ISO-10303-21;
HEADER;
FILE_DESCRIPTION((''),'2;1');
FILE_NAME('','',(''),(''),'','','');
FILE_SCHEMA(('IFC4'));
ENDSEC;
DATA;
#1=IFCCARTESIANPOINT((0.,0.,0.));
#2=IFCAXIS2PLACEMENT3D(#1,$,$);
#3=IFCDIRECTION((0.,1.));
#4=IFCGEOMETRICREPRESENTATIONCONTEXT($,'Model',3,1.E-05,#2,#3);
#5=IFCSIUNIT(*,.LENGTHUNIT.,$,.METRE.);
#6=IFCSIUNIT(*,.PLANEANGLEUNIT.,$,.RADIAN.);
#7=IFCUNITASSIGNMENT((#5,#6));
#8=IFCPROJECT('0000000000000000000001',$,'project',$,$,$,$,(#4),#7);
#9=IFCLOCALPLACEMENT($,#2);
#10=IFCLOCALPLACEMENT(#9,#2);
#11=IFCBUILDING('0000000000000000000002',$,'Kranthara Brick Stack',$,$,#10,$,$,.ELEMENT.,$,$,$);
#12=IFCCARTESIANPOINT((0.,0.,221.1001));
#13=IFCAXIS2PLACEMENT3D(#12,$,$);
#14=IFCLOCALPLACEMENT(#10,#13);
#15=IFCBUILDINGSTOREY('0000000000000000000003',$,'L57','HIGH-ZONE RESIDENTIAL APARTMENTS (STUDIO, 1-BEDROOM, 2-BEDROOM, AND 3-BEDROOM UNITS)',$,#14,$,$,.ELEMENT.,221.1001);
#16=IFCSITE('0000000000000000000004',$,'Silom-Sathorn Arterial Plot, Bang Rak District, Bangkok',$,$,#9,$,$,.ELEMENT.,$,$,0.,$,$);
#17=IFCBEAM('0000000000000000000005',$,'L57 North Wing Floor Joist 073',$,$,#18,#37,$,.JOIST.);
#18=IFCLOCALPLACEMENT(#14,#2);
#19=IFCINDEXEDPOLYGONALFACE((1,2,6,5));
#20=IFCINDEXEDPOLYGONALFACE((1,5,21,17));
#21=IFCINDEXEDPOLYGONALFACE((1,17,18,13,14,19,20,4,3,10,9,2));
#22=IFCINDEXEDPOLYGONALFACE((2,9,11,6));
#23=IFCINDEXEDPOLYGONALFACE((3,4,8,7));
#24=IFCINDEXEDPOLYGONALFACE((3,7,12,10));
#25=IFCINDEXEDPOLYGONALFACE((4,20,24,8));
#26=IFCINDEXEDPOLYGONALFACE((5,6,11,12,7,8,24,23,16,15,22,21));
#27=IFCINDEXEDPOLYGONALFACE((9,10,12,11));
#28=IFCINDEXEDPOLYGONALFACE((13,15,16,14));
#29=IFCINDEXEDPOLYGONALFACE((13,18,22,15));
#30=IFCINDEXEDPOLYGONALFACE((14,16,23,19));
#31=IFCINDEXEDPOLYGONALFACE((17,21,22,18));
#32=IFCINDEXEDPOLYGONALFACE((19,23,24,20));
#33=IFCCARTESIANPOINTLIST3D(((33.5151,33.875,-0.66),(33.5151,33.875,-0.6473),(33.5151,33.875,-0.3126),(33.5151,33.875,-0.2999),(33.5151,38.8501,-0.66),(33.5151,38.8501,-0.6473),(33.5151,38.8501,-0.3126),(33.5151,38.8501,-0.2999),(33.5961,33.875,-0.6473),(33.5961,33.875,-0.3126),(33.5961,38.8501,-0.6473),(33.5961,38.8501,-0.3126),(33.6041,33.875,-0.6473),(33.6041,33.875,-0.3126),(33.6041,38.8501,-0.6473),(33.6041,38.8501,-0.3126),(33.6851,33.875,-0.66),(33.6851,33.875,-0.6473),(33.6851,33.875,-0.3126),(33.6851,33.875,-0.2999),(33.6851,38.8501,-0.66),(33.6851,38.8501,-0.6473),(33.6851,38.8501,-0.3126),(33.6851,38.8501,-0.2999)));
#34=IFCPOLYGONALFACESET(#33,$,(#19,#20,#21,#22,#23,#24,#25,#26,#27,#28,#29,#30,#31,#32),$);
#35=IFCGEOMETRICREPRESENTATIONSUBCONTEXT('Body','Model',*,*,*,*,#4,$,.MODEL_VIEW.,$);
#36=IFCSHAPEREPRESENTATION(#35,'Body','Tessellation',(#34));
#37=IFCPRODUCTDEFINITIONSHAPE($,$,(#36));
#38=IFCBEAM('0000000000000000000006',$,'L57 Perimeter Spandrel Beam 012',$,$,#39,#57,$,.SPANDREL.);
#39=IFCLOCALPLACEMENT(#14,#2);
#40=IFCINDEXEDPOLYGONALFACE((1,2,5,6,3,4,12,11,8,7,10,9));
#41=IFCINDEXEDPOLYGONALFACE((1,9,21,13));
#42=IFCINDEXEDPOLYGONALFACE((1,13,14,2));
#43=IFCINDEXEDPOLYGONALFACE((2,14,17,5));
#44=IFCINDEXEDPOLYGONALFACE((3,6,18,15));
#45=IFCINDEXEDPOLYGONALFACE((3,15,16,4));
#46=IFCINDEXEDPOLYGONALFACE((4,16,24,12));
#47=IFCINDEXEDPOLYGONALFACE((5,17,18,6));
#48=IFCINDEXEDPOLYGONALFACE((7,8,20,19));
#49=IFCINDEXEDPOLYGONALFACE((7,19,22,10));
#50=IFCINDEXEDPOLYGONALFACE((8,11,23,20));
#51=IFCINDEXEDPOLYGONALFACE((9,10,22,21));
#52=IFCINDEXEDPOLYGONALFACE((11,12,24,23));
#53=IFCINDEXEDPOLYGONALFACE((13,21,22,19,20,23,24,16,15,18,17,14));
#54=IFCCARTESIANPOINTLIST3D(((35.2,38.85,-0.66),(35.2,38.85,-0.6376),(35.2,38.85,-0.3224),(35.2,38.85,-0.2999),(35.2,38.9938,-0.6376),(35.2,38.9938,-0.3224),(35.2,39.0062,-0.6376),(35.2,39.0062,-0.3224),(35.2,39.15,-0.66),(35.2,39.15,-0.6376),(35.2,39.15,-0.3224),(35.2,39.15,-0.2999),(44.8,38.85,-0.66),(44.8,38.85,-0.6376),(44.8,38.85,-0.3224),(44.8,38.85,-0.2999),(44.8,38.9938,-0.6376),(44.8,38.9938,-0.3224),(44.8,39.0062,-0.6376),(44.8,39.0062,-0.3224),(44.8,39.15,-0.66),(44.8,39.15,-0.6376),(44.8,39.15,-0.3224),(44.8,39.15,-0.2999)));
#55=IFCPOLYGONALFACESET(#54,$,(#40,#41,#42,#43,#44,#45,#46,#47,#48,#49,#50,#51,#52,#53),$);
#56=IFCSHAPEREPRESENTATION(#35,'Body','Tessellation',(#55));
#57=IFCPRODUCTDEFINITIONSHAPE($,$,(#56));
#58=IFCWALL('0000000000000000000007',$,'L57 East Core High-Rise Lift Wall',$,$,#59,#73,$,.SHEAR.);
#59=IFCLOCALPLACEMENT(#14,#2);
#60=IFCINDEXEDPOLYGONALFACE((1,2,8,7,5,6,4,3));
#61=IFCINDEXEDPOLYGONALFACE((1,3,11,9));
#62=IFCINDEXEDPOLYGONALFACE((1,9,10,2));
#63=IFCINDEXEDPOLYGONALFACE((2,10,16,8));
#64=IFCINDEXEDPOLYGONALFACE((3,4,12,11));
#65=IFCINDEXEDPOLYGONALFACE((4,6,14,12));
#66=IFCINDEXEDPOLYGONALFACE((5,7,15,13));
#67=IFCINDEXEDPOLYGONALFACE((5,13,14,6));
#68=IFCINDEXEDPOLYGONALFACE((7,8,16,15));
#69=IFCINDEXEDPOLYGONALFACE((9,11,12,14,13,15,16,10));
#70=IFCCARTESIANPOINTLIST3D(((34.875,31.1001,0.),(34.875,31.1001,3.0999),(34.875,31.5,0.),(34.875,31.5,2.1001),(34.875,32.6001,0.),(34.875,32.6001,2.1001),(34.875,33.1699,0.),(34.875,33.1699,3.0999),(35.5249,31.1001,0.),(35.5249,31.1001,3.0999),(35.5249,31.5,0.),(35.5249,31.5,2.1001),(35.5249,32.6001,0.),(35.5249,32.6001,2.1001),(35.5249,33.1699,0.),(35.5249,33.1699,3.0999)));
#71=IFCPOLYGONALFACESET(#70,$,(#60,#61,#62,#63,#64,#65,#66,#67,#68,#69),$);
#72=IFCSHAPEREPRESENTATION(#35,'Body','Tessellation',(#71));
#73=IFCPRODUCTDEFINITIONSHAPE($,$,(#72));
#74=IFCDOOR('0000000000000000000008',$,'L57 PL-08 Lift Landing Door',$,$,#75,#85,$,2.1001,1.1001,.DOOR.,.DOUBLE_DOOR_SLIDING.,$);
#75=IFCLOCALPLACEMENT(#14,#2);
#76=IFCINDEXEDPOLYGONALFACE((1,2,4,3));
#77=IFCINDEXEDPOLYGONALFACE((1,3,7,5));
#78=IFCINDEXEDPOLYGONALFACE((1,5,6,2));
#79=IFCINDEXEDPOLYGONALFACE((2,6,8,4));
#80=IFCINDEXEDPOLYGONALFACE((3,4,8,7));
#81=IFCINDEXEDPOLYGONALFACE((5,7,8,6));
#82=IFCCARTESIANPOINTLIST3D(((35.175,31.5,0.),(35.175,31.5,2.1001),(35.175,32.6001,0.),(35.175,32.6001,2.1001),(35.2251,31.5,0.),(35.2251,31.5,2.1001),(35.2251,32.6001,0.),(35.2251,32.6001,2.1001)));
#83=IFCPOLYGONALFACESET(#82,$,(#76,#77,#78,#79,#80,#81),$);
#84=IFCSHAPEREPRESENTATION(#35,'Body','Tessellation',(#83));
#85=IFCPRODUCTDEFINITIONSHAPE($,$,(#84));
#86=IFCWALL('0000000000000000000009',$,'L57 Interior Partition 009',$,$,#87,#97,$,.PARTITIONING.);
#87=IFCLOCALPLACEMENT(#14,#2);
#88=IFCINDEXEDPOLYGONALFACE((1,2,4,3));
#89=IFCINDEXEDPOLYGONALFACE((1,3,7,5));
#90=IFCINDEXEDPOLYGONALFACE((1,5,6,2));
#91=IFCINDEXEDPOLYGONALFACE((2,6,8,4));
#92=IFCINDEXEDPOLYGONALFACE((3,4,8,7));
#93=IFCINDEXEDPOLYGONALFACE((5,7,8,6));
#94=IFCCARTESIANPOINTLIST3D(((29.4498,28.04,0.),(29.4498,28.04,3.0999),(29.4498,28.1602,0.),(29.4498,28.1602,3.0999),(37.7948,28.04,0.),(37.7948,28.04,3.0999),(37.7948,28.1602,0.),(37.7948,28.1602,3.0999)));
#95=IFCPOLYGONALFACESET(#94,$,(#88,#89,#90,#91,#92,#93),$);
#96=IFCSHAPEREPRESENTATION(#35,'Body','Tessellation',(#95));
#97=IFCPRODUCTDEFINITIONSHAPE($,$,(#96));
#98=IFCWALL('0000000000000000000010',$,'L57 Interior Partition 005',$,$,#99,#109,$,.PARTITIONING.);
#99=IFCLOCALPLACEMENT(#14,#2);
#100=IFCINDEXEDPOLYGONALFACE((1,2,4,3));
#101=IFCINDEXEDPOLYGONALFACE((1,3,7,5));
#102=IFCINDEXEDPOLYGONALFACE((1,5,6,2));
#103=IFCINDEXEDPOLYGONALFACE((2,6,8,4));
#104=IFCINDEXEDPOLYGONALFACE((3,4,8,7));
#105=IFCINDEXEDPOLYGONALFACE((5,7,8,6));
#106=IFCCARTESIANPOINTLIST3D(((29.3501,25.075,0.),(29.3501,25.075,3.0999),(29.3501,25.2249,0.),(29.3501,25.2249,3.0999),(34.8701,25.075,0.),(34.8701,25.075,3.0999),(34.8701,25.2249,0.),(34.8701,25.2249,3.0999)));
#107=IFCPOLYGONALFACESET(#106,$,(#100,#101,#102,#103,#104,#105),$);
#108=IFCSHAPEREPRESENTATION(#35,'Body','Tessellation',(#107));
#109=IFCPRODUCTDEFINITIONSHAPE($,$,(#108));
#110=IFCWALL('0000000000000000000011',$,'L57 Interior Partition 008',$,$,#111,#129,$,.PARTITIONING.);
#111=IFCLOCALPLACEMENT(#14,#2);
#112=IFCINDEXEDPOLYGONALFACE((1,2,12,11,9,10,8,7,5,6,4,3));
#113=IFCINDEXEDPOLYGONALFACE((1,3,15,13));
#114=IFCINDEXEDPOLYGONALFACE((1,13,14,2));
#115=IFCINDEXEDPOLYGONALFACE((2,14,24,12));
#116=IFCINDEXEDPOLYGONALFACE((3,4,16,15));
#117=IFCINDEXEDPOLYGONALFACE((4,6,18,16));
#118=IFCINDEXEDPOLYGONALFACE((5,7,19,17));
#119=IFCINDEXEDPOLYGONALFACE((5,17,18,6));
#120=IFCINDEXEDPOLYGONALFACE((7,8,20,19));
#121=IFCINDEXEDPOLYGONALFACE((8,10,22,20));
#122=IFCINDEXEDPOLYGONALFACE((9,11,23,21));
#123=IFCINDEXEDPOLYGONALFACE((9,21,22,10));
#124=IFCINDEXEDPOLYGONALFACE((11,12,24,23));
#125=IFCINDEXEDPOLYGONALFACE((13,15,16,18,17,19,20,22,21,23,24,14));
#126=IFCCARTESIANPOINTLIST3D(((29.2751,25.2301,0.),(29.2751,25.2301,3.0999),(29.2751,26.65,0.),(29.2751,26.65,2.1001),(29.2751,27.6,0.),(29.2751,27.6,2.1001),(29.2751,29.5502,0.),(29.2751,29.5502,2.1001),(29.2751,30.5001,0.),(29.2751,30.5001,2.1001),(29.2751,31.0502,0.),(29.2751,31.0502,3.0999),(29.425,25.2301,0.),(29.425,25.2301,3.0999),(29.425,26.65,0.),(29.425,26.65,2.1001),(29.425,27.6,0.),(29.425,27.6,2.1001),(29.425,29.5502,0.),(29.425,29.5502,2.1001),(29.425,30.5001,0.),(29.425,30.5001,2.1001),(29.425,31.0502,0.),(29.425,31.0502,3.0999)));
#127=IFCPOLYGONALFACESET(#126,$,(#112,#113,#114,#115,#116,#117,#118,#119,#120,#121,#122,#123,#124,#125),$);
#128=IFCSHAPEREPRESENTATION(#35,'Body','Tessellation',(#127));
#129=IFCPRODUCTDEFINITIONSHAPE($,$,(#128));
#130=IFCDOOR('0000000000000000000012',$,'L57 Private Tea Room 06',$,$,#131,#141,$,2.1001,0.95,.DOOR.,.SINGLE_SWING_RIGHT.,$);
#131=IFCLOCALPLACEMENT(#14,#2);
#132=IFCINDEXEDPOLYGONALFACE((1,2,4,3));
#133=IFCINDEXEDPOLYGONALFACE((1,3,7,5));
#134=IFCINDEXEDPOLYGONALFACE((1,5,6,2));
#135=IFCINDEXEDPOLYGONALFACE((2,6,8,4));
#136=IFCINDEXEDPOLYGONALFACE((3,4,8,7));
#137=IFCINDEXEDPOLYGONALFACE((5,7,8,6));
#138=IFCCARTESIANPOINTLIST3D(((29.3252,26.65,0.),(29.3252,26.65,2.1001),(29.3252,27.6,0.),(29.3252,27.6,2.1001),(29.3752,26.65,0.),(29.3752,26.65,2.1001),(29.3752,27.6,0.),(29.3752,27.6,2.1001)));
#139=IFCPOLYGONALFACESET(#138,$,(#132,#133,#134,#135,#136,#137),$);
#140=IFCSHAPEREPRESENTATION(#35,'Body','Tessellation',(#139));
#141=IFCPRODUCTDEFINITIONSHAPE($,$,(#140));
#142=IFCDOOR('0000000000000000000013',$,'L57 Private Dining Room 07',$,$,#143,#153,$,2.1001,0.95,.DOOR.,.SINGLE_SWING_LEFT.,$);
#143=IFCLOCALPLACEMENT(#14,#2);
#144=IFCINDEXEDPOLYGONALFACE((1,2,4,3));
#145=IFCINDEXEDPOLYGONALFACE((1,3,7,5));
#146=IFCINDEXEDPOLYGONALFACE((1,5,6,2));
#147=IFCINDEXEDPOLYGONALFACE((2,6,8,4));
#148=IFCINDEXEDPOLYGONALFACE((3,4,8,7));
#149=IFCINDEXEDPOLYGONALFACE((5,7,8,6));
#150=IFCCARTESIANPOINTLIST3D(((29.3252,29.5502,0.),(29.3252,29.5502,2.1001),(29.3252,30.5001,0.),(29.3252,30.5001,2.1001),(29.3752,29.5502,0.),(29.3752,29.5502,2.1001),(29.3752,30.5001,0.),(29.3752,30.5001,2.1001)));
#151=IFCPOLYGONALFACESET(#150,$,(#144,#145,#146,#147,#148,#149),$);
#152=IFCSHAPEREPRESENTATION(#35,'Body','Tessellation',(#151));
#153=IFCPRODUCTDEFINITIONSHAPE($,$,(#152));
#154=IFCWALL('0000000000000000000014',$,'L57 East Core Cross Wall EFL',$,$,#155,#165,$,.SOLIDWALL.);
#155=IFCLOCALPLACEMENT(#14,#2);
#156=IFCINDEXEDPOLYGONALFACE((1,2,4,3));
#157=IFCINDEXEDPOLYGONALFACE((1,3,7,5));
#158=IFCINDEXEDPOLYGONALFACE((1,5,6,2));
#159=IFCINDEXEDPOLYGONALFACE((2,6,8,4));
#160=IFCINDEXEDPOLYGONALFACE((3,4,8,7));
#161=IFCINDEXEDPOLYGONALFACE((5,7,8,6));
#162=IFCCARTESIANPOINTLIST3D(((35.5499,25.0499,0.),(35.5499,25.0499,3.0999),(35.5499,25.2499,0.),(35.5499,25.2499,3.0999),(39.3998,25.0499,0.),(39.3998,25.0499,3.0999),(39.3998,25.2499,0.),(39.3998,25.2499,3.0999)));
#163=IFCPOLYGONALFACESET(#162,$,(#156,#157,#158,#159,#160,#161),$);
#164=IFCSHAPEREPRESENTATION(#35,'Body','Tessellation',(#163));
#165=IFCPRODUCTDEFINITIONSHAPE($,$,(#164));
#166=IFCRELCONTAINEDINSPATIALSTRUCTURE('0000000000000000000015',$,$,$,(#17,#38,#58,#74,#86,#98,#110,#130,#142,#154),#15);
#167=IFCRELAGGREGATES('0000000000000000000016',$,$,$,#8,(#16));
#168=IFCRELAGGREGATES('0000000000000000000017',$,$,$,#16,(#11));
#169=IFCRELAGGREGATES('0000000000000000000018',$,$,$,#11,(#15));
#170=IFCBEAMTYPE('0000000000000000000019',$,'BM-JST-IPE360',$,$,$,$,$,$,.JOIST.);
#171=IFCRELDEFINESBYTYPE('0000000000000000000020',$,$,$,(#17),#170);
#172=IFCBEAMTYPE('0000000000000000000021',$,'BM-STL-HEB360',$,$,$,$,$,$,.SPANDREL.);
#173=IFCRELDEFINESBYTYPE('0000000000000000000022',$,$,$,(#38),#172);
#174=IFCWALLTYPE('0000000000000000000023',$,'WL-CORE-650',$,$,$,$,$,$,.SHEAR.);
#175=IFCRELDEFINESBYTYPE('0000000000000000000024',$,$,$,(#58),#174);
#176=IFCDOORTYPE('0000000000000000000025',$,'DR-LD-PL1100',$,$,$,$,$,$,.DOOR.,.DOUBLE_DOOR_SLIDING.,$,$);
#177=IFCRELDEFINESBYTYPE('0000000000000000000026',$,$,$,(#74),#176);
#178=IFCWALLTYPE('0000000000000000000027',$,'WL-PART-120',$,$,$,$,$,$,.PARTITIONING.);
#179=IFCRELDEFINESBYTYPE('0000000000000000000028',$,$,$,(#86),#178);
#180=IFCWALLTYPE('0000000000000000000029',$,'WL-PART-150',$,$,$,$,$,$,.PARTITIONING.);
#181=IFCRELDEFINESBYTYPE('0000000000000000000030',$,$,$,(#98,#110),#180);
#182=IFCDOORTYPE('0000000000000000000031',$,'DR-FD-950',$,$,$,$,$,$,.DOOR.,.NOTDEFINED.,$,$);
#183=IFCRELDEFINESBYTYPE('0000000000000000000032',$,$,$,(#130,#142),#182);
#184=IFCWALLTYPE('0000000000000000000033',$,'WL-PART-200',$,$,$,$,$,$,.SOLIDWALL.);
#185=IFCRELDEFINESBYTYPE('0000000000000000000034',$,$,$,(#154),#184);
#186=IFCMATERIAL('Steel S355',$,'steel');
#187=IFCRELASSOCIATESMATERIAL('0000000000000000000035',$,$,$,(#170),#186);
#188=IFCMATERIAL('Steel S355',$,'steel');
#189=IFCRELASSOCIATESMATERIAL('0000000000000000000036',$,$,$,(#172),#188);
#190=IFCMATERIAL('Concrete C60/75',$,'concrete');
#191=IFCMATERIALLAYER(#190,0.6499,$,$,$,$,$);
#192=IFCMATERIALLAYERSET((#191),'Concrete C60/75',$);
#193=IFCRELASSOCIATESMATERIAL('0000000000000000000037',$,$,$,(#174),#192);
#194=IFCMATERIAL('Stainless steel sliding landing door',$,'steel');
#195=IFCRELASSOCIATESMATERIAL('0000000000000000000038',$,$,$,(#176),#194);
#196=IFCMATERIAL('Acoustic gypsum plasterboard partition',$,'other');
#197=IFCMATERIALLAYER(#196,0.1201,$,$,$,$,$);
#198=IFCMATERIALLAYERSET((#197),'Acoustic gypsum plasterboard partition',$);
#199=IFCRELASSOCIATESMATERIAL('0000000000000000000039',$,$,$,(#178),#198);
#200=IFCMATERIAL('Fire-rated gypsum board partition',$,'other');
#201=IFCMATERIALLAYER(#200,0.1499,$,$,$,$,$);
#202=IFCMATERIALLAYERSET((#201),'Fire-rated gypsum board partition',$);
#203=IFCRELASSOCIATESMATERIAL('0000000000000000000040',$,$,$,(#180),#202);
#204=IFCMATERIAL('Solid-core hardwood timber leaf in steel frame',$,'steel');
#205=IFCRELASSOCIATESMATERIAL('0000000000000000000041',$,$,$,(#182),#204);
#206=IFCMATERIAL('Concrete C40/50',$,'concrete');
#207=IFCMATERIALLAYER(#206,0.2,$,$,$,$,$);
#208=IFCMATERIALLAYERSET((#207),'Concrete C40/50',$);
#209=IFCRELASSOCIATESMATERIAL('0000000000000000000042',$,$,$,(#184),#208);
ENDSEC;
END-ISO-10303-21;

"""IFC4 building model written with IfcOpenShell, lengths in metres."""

from ifc_helpers import new_model, si_unit, direction, frame, frame_2d, origin, origin_2d, place, context, subcontext, project, spatial, rectangle, i_section, extrude, material, layer, layer_set, material_profile, profile_set, type_object, element, fill, save


model = new_model("IFC4")

# Units and contexts
model_context = context("Model", 3, precision=1e-05, world=origin(), true_north=direction((0.0, 1.0)))
body_context = subcontext(model_context, "Body", "Model", "MODEL_VIEW")
ifc_project = project(units=[si_unit("LENGTHUNIT", "METRE"), si_unit("PLANEANGLEUNIT", "RADIAN")], contexts=[model_context])

# Site, building, storey
site_placement = place(None, origin())
site = spatial("IfcSite", under=ifc_project, at=site_placement, Name="Silom-Sathorn Arterial Plot, Bang Rak District, Bangkok", CompositionType="ELEMENT", RefElevation=0.0)
building_placement = place(site_placement, origin())
building = spatial("IfcBuilding", under=site, at=building_placement, Name="Kranthara Brick Stack", CompositionType="ELEMENT")
storey_placement = place(building_placement, frame((0.0, 0.0, 221.1001)))
storey = spatial("IfcBuildingStorey", under=building, at=storey_placement, Name="L57", Description="HIGH-ZONE RESIDENTIAL APARTMENTS (STUDIO, 1-BEDROOM, 2-BEDROOM, AND 3-BEDROOM UNITS)", CompositionType="ELEMENT", Elevation=221.1001)

# Beams
ifc_material_1 = material(Name="Steel S355", Category="steel")
ifc_material_profile_1 = material_profile(ifc_material_1, i_section(OverallWidth=0.1699, OverallDepth=0.3601, WebThickness=0.0081, FlangeThickness=0.0127, at=origin_2d()), Name="IPE 360")
ifc_profile_set_1 = profile_set([ifc_material_profile_1], Name="Steel S355")
beam_type_1 = type_object("IfcBeamType", Name="BM-JST-IPE360", PredefinedType="JOIST", material=ifc_profile_set_1)
for number, where, z_axis, x_axis, name in (
    (1, (33.6001, 33.875, -0.48), (0.0, 1.0, 0.0), (-1.0, 0.0, 0.0), "L57 North Wing Floor Joist 073"),
):
    element("IfcBeam", number, at=place(storey_placement, frame(where, z_axis=z_axis, x_axis=x_axis)), inside=storey, type_object=beam_type_1, Name=name, PredefinedType="JOIST", context=body_context, shape_type="SweptSolid", body=[
        extrude(i_section(OverallWidth=0.1699, OverallDepth=0.3601, WebThickness=0.0081, FlangeThickness=0.0127, at=origin_2d()), origin(), (0.0, 0.0, 1.0), 4.9751),
    ])
ifc_material_2 = material(Name="Steel S355", Category="steel")
ifc_material_profile_2 = material_profile(ifc_material_2, i_section(OverallWidth=0.3, OverallDepth=0.3601, WebThickness=0.0125, FlangeThickness=0.0225, at=origin_2d()), Name="HEB 360")
ifc_profile_set_2 = profile_set([ifc_material_profile_2], Name="Steel S355")
beam_type_2 = type_object("IfcBeamType", Name="BM-STL-HEB360", PredefinedType="SPANDREL", material=ifc_profile_set_2)
beam_1_placement = place(storey_placement, frame((35.2, 39.0, -0.48), z_axis=(1.0, 0.0, 0.0), x_axis=(0.0, 1.0, 0.0)))
element("IfcBeam", 2, at=beam_1_placement, inside=storey, type_object=beam_type_2, Name="L57 Perimeter Spandrel Beam 012", PredefinedType="SPANDREL", context=body_context, shape_type="SweptSolid", body=[
    extrude(i_section(OverallWidth=0.3, OverallDepth=0.3601, WebThickness=0.0125, FlangeThickness=0.0225, at=origin_2d()), origin(), (0.0, 0.0, 1.0), 9.6001),
])

# Wall, opening, door
ifc_material_3 = material(Name="Concrete C60/75", Category="concrete")
ifc_layer_1 = layer(ifc_material_3, 0.6499)
ifc_layer_set_1 = layer_set([ifc_layer_1], Name="Concrete C60/75")
wall_type_1 = type_object("IfcWallType", Name="WL-CORE-650", PredefinedType="SHEAR", material=ifc_layer_set_1)
wall_1_placement = place(storey_placement, frame((35.2, 31.1001, 0.0), z_axis=(0.0, 0.0, 1.0), x_axis=(0.0, 1.0, 0.0)))
wall_1 = element("IfcWall", 3, at=wall_1_placement, inside=storey, type_object=wall_type_1, Name="L57 East Core High-Rise Lift Wall", PredefinedType="SHEAR", context=body_context, shape_type="SweptSolid", body=[
    extrude(rectangle(XDim=2.0698, YDim=0.6499, at=frame_2d((1.0349, 0.0))), origin(), (0.0, 0.0, 1.0), 3.0999),
])
opening_1_placement = place(wall_1_placement, frame((0.3999, 0.0, 0.0)))
opening_1 = element("IfcOpeningElement", 4, at=opening_1_placement, cuts=wall_1, PredefinedType="OPENING", context=body_context, shape_type="SweptSolid", body=[
    extrude(rectangle(XDim=1.1001, YDim=2.1001, at=frame_2d((0.55, 1.05))), frame((0.0, 0.335, 0.0), z_axis=(0.0, -1.0, 0.0), x_axis=(1.0, 0.0, 0.0)), (0.0, 0.0, 1.0), 0.6699),
])
ifc_material_4 = material(Name="Stainless steel sliding landing door", Category="steel")
door_type_1 = type_object("IfcDoorType", Name="DR-LD-PL1100", OperationType="DOUBLE_DOOR_SLIDING", PredefinedType="DOOR", material=ifc_material_4)
door_1_placement = place(opening_1_placement, origin())
door_1 = element("IfcDoor", 5, at=door_1_placement, inside=storey, type_object=door_type_1, Name="L57 PL-08 Lift Landing Door", OperationType="DOUBLE_DOOR_SLIDING", OverallHeight=2.1001, OverallWidth=1.1001, PredefinedType="DOOR", context=body_context, shape_type="SweptSolid", body=[
    extrude(rectangle(XDim=1.1001, YDim=2.1001, at=frame_2d((0.55, 1.05))), frame((0.0, 0.0249, 0.0), z_axis=(0.0, -1.0, 0.0), x_axis=(1.0, 0.0, 0.0)), (0.0, 0.0, 1.0), 0.05),
])
fill(opening_1, door_1)

# Walls
ifc_material_5 = material(Name="Acoustic gypsum plasterboard partition", Category="other")
ifc_layer_2 = layer(ifc_material_5, 0.1201)
ifc_layer_set_2 = layer_set([ifc_layer_2], Name="Acoustic gypsum plasterboard partition")
wall_type_2 = type_object("IfcWallType", Name="WL-PART-120", PredefinedType="PARTITIONING", material=ifc_layer_set_2)
wall_2_placement = place(storey_placement, frame((29.45, 28.1001, 0.0), z_axis=(0.0, 0.0, 1.0), x_axis=(1.0, 0.0, 0.0)))
element("IfcWall", 6, at=wall_2_placement, inside=storey, type_object=wall_type_2, Name="L57 Interior Partition 009", PredefinedType="PARTITIONING", context=body_context, shape_type="SweptSolid", body=[
    extrude(rectangle(XDim=8.345, YDim=0.1201, at=frame_2d((4.1724, 0.0))), origin(), (0.0, 0.0, 1.0), 3.0999),
])
ifc_material_6 = material(Name="Fire-rated gypsum board partition", Category="other")
ifc_layer_3 = layer(ifc_material_6, 0.1499)
ifc_layer_set_3 = layer_set([ifc_layer_3], Name="Fire-rated gypsum board partition")
wall_type_3 = type_object("IfcWallType", Name="WL-PART-150", PredefinedType="PARTITIONING", material=ifc_layer_set_3)
wall_3_placement = place(storey_placement, frame((29.3501, 25.1499, 0.0), z_axis=(0.0, 0.0, 1.0), x_axis=(1.0, 0.0, 0.0)))
element("IfcWall", 7, at=wall_3_placement, inside=storey, type_object=wall_type_3, Name="L57 Interior Partition 005", PredefinedType="PARTITIONING", context=body_context, shape_type="SweptSolid", body=[
    extrude(rectangle(XDim=5.52, YDim=0.1499, at=frame_2d((2.76, 0.0))), origin(), (0.0, 0.0, 1.0), 3.0999),
])

# Wall, openings, doors
wall_4_placement = place(storey_placement, frame((29.3501, 25.23, 0.0), z_axis=(0.0, 0.0, 1.0), x_axis=(0.0, 1.0, 0.0)))
wall_4 = element("IfcWall", 8, at=wall_4_placement, inside=storey, type_object=wall_type_3, Name="L57 Interior Partition 008", PredefinedType="PARTITIONING", context=body_context, shape_type="SweptSolid", body=[
    extrude(rectangle(XDim=5.8201, YDim=0.1499, at=frame_2d((2.9102, 0.0))), origin(), (0.0, 0.0, 1.0), 3.0999),
])
opening_2_placement = place(wall_4_placement, frame((1.4199, 0.0, 0.0)))
opening_2 = element("IfcOpeningElement", 9, at=opening_2_placement, cuts=wall_4, PredefinedType="OPENING", context=body_context, shape_type="SweptSolid", body=[
    extrude(rectangle(XDim=0.95, YDim=2.1001, at=frame_2d((0.4751, 1.05))), frame((0.0, 0.085, 0.0), z_axis=(0.0, -1.0, 0.0), x_axis=(1.0, 0.0, 0.0)), (0.0, 0.0, 1.0), 0.1699),
])
opening_3_placement = place(wall_4_placement, frame((4.3201, 0.0, 0.0)))
opening_3 = element("IfcOpeningElement", 10, at=opening_3_placement, cuts=wall_4, PredefinedType="OPENING", context=body_context, shape_type="SweptSolid", body=[
    extrude(rectangle(XDim=0.95, YDim=2.1001, at=frame_2d((0.4751, 1.05))), frame((0.0, 0.085, 0.0), z_axis=(0.0, -1.0, 0.0), x_axis=(1.0, 0.0, 0.0)), (0.0, 0.0, 1.0), 0.1699),
])
ifc_material_7 = material(Name="Solid-core hardwood timber leaf in steel frame", Category="steel")
door_type_2 = type_object("IfcDoorType", Name="DR-FD-950", OperationType="NOTDEFINED", PredefinedType="DOOR", material=ifc_material_7)
door_2_placement = place(opening_2_placement, origin())
door_2 = element("IfcDoor", 11, at=door_2_placement, inside=storey, type_object=door_type_2, Name="L57 Private Tea Room 06", OperationType="SINGLE_SWING_RIGHT", OverallHeight=2.1001, OverallWidth=0.95, PredefinedType="DOOR", context=body_context, shape_type="SweptSolid", body=[
    extrude(rectangle(XDim=0.95, YDim=2.1001, at=frame_2d((0.4751, 1.05))), frame((0.0, 0.0249, 0.0), z_axis=(0.0, -1.0, 0.0), x_axis=(1.0, 0.0, 0.0)), (0.0, 0.0, 1.0), 0.05),
])
fill(opening_2, door_2)
door_3_placement = place(opening_3_placement, origin())
door_3 = element("IfcDoor", 12, at=door_3_placement, inside=storey, type_object=door_type_2, Name="L57 Private Dining Room 07", OperationType="SINGLE_SWING_LEFT", OverallHeight=2.1001, OverallWidth=0.95, PredefinedType="DOOR", context=body_context, shape_type="SweptSolid", body=[
    extrude(rectangle(XDim=0.95, YDim=2.1001, at=frame_2d((0.4751, 1.05))), frame((0.0, 0.0249, 0.0), z_axis=(0.0, -1.0, 0.0), x_axis=(1.0, 0.0, 0.0)), (0.0, 0.0, 1.0), 0.05),
])
fill(opening_3, door_3)

# Wall
ifc_material_8 = material(Name="Concrete C40/50", Category="concrete")
ifc_layer_4 = layer(ifc_material_8, 0.2)
ifc_layer_set_4 = layer_set([ifc_layer_4], Name="Concrete C40/50")
wall_type_4 = type_object("IfcWallType", Name="WL-PART-200", PredefinedType="SOLIDWALL", material=ifc_layer_set_4)
wall_5_placement = place(storey_placement, frame((35.55, 25.1499, 0.0), z_axis=(0.0, 0.0, 1.0), x_axis=(1.0, 0.0, 0.0)))
element("IfcWall", 13, at=wall_5_placement, inside=storey, type_object=wall_type_4, Name="L57 East Core Cross Wall EFL", PredefinedType="SOLIDWALL", context=body_context, shape_type="SweptSolid", body=[
    extrude(rectangle(XDim=3.8499, YDim=0.2, at=frame_2d((1.9248, 0.0))), origin(), (0.0, 0.0, 1.0), 3.0999),
])

save(model, "model.ifc")
